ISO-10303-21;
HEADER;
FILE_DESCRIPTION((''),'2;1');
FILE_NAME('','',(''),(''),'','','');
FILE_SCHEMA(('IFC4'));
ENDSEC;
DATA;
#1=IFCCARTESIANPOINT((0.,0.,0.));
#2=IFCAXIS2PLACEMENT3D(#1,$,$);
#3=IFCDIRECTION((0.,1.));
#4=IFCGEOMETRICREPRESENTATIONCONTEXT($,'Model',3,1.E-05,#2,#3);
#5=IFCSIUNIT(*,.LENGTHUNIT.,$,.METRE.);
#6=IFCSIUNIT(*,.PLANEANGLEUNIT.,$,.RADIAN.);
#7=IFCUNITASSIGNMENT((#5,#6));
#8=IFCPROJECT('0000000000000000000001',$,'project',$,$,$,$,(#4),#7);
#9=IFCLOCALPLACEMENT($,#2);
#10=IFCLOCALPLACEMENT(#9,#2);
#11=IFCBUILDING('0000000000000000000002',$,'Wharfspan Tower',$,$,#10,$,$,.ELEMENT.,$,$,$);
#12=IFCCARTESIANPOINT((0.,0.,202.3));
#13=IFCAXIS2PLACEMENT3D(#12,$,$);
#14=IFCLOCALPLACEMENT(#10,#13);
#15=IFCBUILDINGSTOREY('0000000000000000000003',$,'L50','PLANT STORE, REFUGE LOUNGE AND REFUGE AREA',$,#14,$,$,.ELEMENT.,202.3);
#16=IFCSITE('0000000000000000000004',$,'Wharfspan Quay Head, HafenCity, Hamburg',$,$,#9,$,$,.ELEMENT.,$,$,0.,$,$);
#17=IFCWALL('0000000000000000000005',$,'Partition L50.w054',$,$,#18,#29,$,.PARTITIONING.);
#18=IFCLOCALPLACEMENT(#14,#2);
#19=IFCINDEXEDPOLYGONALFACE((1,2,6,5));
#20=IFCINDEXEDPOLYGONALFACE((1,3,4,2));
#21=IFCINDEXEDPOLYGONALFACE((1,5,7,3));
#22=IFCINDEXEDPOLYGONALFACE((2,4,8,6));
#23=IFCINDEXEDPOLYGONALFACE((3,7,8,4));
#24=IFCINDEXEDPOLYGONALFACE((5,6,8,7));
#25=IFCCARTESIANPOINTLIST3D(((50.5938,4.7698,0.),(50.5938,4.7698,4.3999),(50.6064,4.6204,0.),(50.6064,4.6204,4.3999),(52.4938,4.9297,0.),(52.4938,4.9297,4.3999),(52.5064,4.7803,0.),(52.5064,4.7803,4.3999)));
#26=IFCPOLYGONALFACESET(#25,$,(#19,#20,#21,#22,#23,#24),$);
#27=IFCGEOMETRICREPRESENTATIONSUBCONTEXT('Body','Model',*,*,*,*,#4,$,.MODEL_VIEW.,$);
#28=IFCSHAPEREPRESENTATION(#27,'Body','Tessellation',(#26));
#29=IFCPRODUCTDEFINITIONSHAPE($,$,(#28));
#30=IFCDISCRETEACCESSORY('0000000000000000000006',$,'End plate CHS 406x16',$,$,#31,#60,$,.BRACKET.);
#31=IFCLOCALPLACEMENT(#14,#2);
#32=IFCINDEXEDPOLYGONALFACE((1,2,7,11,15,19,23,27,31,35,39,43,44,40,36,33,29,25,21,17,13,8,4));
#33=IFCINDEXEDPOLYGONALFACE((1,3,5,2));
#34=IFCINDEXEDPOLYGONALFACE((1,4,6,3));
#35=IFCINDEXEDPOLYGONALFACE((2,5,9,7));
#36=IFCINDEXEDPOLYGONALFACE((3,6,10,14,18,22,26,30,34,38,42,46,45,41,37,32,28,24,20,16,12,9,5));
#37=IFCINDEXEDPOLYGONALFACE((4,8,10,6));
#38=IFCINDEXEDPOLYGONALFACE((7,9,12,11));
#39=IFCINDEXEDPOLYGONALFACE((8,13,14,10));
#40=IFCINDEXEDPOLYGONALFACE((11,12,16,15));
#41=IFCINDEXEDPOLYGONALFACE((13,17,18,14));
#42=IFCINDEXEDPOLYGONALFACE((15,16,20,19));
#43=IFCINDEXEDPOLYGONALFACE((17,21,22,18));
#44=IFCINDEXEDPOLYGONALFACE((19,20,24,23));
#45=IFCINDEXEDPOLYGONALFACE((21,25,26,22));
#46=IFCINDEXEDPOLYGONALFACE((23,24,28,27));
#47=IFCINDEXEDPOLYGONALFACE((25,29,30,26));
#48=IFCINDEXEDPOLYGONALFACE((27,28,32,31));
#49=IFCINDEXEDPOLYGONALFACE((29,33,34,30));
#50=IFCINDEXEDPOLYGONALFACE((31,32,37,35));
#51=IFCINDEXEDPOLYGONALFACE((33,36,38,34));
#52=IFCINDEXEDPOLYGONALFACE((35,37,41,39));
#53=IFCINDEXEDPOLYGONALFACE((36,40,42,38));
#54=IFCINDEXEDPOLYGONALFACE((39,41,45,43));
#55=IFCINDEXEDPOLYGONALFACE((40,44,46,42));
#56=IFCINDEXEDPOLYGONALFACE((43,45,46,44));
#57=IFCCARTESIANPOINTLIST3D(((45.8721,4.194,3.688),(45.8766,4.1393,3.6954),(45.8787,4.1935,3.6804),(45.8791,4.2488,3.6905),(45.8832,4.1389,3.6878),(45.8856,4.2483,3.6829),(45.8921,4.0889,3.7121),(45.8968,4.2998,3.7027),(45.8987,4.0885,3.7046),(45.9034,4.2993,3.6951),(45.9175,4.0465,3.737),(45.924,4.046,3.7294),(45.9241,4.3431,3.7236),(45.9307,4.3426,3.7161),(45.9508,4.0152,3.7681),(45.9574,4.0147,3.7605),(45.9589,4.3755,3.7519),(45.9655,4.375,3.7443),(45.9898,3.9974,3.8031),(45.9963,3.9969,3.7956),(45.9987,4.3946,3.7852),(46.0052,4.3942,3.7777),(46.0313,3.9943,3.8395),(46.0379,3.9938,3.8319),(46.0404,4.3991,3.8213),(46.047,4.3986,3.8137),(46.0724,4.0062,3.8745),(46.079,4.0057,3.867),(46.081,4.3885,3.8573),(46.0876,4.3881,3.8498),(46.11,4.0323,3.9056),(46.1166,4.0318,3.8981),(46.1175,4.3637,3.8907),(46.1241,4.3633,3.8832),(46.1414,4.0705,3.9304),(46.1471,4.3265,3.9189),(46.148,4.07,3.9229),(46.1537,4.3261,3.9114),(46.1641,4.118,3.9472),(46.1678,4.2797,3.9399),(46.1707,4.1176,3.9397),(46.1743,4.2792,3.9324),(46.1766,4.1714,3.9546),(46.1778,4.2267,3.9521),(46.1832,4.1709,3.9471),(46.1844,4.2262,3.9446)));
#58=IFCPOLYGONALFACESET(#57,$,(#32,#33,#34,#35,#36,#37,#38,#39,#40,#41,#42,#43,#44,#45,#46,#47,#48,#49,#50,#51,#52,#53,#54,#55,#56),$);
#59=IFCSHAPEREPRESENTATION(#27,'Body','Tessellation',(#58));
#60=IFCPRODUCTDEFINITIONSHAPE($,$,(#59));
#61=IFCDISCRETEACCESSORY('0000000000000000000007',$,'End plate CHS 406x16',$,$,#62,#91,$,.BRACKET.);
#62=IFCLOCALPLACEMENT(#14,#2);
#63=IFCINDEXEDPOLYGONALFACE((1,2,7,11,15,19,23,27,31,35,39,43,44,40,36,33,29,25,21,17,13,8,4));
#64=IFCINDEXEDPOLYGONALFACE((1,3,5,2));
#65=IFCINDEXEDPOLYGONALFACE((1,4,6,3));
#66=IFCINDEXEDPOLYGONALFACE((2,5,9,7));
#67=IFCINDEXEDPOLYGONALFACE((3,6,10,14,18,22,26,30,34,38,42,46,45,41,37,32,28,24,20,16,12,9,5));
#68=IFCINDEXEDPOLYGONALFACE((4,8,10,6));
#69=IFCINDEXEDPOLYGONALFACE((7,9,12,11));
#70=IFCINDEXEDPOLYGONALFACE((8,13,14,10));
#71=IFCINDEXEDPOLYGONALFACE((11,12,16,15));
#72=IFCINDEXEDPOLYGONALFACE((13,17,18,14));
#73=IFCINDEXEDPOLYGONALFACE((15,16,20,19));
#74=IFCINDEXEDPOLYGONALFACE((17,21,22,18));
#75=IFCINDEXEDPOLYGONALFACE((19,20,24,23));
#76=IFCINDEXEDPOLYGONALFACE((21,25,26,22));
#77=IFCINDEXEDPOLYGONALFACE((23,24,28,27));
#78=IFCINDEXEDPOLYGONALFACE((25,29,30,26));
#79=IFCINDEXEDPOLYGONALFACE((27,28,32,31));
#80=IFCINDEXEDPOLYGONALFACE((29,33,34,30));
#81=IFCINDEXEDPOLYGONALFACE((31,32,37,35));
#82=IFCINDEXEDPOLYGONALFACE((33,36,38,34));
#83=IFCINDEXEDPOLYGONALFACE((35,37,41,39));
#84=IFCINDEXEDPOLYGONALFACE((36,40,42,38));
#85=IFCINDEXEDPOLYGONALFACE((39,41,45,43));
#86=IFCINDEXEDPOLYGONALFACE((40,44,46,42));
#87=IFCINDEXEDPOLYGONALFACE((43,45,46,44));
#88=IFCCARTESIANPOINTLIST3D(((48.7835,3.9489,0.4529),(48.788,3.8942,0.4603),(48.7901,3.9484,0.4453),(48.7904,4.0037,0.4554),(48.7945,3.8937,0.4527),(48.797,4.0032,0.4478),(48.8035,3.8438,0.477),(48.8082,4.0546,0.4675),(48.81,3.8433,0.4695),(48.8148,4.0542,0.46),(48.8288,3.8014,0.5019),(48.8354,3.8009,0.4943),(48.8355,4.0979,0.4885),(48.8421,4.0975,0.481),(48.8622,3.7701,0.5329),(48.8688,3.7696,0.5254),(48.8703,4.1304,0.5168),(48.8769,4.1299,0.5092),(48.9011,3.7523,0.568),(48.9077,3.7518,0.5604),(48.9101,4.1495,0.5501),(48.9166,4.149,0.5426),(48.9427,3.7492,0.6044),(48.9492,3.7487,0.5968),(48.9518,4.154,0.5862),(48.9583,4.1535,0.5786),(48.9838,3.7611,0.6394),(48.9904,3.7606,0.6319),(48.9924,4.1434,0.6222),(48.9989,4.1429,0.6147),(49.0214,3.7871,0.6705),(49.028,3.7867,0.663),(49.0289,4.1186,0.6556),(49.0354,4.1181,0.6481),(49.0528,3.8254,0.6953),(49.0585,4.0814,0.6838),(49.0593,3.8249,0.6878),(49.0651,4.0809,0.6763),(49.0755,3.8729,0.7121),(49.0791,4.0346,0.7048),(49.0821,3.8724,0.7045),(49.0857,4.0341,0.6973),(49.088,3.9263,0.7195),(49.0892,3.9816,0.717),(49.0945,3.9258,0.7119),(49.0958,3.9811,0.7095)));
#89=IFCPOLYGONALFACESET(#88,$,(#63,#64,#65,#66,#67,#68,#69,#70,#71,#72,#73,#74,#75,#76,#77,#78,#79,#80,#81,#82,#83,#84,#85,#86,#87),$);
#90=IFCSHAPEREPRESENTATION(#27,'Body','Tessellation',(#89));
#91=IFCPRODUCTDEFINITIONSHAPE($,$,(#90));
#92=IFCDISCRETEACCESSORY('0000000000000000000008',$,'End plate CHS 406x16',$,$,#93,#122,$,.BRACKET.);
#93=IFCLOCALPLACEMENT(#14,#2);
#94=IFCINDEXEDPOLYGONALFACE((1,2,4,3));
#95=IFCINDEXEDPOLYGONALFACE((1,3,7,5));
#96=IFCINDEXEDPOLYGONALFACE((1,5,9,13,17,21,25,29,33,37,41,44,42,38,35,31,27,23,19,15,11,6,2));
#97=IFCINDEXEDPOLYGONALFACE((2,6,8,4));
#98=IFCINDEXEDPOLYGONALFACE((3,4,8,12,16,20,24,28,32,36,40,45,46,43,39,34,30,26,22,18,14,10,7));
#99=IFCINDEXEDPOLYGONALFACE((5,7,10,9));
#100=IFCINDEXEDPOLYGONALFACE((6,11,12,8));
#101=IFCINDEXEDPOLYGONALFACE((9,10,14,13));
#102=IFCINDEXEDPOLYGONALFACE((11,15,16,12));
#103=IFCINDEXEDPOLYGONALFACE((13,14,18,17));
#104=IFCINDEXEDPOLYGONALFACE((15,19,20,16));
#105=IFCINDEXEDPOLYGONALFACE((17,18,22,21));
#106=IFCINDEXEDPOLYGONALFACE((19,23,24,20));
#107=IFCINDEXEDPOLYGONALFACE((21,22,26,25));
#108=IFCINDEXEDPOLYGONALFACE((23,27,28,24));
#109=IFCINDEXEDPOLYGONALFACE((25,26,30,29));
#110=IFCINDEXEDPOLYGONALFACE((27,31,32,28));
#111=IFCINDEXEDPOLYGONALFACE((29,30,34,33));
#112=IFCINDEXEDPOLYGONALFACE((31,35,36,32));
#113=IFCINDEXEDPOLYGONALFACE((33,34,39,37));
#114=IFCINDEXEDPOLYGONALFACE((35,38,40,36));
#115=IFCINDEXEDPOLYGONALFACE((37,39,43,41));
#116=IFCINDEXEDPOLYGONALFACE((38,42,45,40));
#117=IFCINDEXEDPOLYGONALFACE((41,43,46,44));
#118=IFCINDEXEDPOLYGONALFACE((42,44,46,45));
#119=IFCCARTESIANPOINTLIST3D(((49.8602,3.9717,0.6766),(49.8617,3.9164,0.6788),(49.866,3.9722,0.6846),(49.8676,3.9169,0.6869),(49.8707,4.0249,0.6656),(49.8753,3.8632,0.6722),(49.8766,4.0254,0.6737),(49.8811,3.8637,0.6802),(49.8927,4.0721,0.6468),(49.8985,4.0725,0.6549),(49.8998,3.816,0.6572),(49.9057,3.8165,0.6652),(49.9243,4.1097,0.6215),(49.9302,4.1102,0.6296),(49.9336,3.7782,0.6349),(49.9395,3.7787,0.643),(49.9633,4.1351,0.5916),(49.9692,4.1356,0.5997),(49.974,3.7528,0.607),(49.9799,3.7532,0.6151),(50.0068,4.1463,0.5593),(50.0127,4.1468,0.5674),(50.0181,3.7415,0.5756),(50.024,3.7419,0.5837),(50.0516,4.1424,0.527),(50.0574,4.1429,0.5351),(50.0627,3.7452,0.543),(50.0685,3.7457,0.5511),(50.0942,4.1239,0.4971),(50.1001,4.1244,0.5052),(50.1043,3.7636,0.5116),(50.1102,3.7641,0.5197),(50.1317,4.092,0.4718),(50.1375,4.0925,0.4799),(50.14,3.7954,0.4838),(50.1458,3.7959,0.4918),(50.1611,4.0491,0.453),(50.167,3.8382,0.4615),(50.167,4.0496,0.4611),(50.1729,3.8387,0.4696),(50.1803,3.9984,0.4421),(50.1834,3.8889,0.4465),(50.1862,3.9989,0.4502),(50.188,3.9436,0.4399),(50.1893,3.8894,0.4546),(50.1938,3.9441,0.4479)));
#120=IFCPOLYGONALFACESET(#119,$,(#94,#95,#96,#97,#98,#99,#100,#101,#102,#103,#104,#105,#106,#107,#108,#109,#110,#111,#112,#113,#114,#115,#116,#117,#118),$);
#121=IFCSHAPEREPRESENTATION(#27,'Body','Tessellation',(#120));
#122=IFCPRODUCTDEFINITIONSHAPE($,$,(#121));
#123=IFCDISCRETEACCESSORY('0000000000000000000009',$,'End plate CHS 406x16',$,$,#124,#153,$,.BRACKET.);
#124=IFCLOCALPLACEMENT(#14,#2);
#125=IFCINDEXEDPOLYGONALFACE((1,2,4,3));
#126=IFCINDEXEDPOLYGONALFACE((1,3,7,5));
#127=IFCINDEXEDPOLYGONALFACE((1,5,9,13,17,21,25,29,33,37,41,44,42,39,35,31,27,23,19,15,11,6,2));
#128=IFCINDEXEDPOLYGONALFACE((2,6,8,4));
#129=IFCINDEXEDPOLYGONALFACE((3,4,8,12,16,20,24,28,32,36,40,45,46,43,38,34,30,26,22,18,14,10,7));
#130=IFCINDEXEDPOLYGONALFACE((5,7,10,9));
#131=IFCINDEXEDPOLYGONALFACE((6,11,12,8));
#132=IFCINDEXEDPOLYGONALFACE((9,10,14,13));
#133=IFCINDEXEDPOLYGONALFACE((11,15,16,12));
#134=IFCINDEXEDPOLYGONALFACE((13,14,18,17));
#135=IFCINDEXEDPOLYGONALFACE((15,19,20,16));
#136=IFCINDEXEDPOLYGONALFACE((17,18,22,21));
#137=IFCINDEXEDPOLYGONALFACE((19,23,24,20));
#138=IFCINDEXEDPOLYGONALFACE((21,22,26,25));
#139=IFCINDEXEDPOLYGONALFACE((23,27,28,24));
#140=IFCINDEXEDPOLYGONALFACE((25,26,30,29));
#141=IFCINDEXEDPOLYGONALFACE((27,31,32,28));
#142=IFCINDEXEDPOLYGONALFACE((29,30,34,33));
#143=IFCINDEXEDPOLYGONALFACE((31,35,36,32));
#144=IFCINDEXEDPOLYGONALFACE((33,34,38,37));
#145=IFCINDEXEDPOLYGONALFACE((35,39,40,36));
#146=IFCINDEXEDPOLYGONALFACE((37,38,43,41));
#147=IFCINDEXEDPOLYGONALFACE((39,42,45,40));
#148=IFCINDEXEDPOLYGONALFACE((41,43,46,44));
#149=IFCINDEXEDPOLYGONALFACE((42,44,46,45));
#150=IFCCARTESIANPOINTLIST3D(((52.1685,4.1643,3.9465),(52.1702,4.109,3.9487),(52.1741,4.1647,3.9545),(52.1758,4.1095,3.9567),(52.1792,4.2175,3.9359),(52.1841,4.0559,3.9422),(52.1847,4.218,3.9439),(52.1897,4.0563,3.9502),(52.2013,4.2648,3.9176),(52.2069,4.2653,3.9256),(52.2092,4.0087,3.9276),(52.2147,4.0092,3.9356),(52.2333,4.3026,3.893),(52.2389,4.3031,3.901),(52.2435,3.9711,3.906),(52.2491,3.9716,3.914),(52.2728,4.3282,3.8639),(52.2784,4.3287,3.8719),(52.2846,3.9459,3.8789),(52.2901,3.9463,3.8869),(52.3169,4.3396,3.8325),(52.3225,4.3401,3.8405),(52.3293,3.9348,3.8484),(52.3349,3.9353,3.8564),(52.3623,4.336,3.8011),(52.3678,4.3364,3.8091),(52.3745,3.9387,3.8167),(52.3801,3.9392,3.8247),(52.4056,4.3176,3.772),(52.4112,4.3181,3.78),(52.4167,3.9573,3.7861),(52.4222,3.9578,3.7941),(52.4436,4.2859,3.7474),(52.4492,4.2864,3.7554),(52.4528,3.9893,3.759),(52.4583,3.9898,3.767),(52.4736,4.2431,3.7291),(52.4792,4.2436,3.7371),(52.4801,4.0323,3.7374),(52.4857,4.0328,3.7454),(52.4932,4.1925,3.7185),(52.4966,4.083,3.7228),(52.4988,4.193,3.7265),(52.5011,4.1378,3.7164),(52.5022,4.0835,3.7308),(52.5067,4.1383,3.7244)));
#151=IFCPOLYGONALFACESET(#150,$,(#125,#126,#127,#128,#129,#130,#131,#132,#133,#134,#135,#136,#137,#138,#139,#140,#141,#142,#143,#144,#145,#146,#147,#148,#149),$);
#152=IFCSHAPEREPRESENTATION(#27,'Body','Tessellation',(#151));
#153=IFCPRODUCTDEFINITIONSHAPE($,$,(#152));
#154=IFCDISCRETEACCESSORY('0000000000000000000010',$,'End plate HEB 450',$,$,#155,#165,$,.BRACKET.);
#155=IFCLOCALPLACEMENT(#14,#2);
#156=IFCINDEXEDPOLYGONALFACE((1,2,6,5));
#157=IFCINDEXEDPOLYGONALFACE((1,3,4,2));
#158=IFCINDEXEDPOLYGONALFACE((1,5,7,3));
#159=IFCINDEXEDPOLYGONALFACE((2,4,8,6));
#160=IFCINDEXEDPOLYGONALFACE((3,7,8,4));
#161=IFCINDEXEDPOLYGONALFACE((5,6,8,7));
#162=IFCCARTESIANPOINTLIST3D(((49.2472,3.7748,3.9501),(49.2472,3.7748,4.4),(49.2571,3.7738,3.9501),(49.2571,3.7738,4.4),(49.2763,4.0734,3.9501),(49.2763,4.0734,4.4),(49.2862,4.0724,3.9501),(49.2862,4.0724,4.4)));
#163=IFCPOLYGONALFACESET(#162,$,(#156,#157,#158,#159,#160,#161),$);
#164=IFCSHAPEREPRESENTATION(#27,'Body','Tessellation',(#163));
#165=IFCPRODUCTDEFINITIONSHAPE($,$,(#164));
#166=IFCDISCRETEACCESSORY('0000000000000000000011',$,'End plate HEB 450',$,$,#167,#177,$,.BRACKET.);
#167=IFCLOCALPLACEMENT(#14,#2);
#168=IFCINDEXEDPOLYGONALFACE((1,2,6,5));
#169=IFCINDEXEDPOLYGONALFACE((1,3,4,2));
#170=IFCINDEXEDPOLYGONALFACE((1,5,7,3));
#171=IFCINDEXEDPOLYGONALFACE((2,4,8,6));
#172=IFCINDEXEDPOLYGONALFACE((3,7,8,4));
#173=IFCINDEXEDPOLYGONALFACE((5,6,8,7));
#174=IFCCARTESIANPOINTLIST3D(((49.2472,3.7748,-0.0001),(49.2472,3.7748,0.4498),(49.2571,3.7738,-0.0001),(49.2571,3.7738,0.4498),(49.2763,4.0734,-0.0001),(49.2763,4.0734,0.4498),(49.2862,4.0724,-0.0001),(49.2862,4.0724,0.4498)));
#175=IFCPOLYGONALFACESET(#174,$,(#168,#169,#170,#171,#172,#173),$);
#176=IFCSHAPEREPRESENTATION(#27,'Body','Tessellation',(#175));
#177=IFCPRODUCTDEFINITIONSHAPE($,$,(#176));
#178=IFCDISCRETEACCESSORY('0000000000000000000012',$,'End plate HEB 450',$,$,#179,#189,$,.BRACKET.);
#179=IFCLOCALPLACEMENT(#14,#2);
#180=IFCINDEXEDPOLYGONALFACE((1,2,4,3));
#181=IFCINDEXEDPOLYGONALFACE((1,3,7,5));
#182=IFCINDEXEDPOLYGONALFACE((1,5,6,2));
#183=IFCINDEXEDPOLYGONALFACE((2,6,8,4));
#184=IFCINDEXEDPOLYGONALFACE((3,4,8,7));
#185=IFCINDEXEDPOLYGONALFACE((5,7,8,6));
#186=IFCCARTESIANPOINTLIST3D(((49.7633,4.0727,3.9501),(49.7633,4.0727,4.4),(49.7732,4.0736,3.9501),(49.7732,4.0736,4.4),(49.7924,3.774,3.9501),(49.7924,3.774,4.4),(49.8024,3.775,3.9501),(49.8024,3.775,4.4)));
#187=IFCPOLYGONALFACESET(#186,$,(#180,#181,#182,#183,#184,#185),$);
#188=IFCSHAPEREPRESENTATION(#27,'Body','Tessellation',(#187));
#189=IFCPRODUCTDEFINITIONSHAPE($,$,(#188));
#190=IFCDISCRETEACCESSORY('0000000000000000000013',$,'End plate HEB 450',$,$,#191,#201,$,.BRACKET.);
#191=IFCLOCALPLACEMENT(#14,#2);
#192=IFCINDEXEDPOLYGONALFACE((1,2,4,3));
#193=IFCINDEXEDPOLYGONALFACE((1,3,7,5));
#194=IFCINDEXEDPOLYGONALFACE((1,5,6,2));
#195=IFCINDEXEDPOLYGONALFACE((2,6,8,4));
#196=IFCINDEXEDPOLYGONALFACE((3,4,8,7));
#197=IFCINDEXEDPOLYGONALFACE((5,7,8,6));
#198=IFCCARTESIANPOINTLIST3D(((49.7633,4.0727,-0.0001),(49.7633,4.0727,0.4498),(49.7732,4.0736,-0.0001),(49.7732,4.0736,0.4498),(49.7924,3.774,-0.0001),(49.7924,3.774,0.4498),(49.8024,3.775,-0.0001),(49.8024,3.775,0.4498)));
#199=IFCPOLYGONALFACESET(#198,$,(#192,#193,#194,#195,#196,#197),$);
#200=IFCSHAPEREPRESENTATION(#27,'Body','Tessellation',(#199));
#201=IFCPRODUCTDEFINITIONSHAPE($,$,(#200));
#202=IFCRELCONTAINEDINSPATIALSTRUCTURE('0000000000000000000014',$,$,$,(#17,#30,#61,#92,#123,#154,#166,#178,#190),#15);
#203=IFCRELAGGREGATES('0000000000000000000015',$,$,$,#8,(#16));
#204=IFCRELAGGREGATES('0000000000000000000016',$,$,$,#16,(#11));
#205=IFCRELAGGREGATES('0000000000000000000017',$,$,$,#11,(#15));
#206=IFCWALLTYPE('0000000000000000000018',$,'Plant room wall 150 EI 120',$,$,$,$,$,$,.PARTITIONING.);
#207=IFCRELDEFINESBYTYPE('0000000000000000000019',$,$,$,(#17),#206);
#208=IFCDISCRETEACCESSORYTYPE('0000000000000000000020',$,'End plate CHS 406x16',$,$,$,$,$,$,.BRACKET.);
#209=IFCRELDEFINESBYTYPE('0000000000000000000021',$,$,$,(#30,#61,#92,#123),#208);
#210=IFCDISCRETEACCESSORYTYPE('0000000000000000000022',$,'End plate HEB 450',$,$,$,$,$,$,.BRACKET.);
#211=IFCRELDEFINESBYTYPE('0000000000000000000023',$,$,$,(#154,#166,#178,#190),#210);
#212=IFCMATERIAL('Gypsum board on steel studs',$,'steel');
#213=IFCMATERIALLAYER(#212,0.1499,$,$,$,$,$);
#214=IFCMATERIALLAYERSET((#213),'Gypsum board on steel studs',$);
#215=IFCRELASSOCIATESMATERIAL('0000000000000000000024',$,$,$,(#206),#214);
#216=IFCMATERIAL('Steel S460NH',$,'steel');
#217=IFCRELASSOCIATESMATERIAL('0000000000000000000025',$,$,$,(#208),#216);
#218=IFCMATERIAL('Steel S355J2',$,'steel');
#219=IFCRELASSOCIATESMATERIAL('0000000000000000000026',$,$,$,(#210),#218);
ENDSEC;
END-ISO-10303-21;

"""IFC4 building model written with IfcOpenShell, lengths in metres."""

from ifc_helpers import new_model, si_unit, direction, frame, frame_2d, origin, origin_2d, place, context, subcontext, project, spatial, rectangle, circle, extrude, material, layer, layer_set, material_profile, profile_set, type_object, element, save


model = new_model("IFC4")

# Units and contexts
model_context = context("Model", 3, precision=1e-05, world=origin(), true_north=direction((0.0, 1.0)))
body_context = subcontext(model_context, "Body", "Model", "MODEL_VIEW")
ifc_project = project(units=[si_unit("LENGTHUNIT", "METRE"), si_unit("PLANEANGLEUNIT", "RADIAN")], contexts=[model_context])

# Site, building, storey
site_placement = place(None, origin())
site = spatial("IfcSite", under=ifc_project, at=site_placement, Name="Wharfspan Quay Head, HafenCity, Hamburg", CompositionType="ELEMENT", RefElevation=0.0)
building_placement = place(site_placement, origin())
building = spatial("IfcBuilding", under=site, at=building_placement, Name="Wharfspan Tower", CompositionType="ELEMENT")
storey_placement = place(building_placement, frame((0.0, 0.0, 202.3)))
storey = spatial("IfcBuildingStorey", under=building, at=storey_placement, Name="L50", Description="PLANT STORE, REFUGE LOUNGE AND REFUGE AREA", CompositionType="ELEMENT", Elevation=202.3)

# Shared definitions
ifc_material_1 = material(Name="Steel S355J2", Category="steel")

# Shared definitions
ifc_material_2 = material(Name="Steel S460NH", Category="steel")

# Wall
ifc_material_3 = material(Name="Gypsum board on steel studs", Category="steel")
ifc_layer_1 = layer(ifc_material_3, 0.1499)
ifc_layer_set_1 = layer_set([ifc_layer_1], Name="Gypsum board on steel studs")
wall_type_1 = type_object("IfcWallType", Name="Plant room wall 150 EI 120", PredefinedType="PARTITIONING", material=ifc_layer_set_1)
wall_1_placement = place(storey_placement, frame((50.6001, 4.6951, 0.0), z_axis=(0.0, 0.0, 1.0), x_axis=(0.996476, 0.083872, 0.0)))
element("IfcWall", 1, at=wall_1_placement, inside=storey, type_object=wall_type_1, Name="Partition L50.w054", PredefinedType="PARTITIONING", context=body_context, shape_type="SweptSolid", body=[
    extrude(rectangle(XDim=1.9067, YDim=0.1499, at=frame_2d((0.9534, 0.0))), origin(), (0.0, 0.0, 1.0), 4.3999),
])

# Discrete accessories
ifc_material_profile_1 = material_profile(ifc_material_2, circle(Radius=0.2031, at=origin_2d()))
ifc_profile_set_1 = profile_set([ifc_material_profile_1], Name="Steel S460NH")
discrete_accessory_type_1 = type_object("IfcDiscreteAccessoryType", Name="End plate CHS 406x16", PredefinedType="BRACKET", material=ifc_profile_set_1)
for number, where, z_axis, x_axis, name in (
    (2, (46.0254, 4.1965, 3.8213), (0.656005, -0.048593, -0.753191), (0.073872, 0.997271, 0.0), "End plate CHS 406x16"),
    (3, (48.9368, 3.9514, 0.5862), (0.656005, -0.048593, -0.753191), (0.073872, 0.997271, 0.0), "End plate CHS 406x16"),
    (4, (50.0237, 3.9438, 0.5593), (0.587466, 0.048956, 0.807766), (-0.083046, 0.996542, 0.0), "End plate CHS 406x16"),
):
    element("IfcDiscreteAccessory", number, at=place(storey_placement, frame(where, z_axis=z_axis, x_axis=x_axis)), inside=storey, type_object=discrete_accessory_type_1, Name=name, PredefinedType="BRACKET", context=body_context, shape_type="SweptSolid", body=[
        extrude(circle(Radius=0.2031, at=origin_2d()), origin(), (0.0, 0.0, 1.0), 0.01),
    ])
discrete_accessory_placement = place(storey_placement, frame((52.3345, 4.1372, 3.8325), z_axis=(0.571087, 0.04966, 0.819386), x_axis=(-0.08663, 0.99624, 0.0)))
element("IfcDiscreteAccessory", 5, at=discrete_accessory_placement, inside=storey, type_object=discrete_accessory_type_1, Name="End plate CHS 406x16", PredefinedType="BRACKET", context=body_context, shape_type="SweptSolid", body=[
    extrude(circle(Radius=0.2031, at=origin_2d()), origin(), (0.0, 0.0, 1.0), 0.0098),
])
ifc_material_profile_2 = material_profile(ifc_material_1, rectangle(XDim=0.3, YDim=0.45, at=origin_2d()))
ifc_profile_set_2 = profile_set([ifc_material_profile_2], Name="Steel S355J2")
discrete_accessory_type_2 = type_object("IfcDiscreteAccessoryType", Name="End plate HEB 450", PredefinedType="BRACKET", material=ifc_profile_set_2)
for number, where, z_axis, x_axis, name in (
    (6, (49.2617, 3.9241, 4.175), (0.995275, -0.0971, 0.0), (0.0971, 0.995275, 0.0), "End plate HEB 450"),
    (7, (49.2617, 3.9241, 0.2249), (0.995275, -0.0971, 0.0), (0.0971, 0.995275, 0.0), "End plate HEB 450"),
    (8, (49.7778, 3.9233, 4.175), (0.995275, 0.0971, 0.0), (-0.0971, 0.995275, 0.0), "End plate HEB 450"),
    (9, (49.7778, 3.9233, 0.2249), (0.995275, 0.0971, 0.0), (-0.0971, 0.995275, 0.0), "End plate HEB 450"),
):
    element("IfcDiscreteAccessory", number, at=place(storey_placement, frame(where, z_axis=z_axis, x_axis=x_axis)), inside=storey, type_object=discrete_accessory_type_2, Name=name, PredefinedType="BRACKET", context=body_context, shape_type="SweptSolid", body=[
        extrude(rectangle(XDim=0.3, YDim=0.45, at=origin_2d()), origin(), (0.0, 0.0, 1.0), 0.01),
    ])

save(model, "model.ifc")
